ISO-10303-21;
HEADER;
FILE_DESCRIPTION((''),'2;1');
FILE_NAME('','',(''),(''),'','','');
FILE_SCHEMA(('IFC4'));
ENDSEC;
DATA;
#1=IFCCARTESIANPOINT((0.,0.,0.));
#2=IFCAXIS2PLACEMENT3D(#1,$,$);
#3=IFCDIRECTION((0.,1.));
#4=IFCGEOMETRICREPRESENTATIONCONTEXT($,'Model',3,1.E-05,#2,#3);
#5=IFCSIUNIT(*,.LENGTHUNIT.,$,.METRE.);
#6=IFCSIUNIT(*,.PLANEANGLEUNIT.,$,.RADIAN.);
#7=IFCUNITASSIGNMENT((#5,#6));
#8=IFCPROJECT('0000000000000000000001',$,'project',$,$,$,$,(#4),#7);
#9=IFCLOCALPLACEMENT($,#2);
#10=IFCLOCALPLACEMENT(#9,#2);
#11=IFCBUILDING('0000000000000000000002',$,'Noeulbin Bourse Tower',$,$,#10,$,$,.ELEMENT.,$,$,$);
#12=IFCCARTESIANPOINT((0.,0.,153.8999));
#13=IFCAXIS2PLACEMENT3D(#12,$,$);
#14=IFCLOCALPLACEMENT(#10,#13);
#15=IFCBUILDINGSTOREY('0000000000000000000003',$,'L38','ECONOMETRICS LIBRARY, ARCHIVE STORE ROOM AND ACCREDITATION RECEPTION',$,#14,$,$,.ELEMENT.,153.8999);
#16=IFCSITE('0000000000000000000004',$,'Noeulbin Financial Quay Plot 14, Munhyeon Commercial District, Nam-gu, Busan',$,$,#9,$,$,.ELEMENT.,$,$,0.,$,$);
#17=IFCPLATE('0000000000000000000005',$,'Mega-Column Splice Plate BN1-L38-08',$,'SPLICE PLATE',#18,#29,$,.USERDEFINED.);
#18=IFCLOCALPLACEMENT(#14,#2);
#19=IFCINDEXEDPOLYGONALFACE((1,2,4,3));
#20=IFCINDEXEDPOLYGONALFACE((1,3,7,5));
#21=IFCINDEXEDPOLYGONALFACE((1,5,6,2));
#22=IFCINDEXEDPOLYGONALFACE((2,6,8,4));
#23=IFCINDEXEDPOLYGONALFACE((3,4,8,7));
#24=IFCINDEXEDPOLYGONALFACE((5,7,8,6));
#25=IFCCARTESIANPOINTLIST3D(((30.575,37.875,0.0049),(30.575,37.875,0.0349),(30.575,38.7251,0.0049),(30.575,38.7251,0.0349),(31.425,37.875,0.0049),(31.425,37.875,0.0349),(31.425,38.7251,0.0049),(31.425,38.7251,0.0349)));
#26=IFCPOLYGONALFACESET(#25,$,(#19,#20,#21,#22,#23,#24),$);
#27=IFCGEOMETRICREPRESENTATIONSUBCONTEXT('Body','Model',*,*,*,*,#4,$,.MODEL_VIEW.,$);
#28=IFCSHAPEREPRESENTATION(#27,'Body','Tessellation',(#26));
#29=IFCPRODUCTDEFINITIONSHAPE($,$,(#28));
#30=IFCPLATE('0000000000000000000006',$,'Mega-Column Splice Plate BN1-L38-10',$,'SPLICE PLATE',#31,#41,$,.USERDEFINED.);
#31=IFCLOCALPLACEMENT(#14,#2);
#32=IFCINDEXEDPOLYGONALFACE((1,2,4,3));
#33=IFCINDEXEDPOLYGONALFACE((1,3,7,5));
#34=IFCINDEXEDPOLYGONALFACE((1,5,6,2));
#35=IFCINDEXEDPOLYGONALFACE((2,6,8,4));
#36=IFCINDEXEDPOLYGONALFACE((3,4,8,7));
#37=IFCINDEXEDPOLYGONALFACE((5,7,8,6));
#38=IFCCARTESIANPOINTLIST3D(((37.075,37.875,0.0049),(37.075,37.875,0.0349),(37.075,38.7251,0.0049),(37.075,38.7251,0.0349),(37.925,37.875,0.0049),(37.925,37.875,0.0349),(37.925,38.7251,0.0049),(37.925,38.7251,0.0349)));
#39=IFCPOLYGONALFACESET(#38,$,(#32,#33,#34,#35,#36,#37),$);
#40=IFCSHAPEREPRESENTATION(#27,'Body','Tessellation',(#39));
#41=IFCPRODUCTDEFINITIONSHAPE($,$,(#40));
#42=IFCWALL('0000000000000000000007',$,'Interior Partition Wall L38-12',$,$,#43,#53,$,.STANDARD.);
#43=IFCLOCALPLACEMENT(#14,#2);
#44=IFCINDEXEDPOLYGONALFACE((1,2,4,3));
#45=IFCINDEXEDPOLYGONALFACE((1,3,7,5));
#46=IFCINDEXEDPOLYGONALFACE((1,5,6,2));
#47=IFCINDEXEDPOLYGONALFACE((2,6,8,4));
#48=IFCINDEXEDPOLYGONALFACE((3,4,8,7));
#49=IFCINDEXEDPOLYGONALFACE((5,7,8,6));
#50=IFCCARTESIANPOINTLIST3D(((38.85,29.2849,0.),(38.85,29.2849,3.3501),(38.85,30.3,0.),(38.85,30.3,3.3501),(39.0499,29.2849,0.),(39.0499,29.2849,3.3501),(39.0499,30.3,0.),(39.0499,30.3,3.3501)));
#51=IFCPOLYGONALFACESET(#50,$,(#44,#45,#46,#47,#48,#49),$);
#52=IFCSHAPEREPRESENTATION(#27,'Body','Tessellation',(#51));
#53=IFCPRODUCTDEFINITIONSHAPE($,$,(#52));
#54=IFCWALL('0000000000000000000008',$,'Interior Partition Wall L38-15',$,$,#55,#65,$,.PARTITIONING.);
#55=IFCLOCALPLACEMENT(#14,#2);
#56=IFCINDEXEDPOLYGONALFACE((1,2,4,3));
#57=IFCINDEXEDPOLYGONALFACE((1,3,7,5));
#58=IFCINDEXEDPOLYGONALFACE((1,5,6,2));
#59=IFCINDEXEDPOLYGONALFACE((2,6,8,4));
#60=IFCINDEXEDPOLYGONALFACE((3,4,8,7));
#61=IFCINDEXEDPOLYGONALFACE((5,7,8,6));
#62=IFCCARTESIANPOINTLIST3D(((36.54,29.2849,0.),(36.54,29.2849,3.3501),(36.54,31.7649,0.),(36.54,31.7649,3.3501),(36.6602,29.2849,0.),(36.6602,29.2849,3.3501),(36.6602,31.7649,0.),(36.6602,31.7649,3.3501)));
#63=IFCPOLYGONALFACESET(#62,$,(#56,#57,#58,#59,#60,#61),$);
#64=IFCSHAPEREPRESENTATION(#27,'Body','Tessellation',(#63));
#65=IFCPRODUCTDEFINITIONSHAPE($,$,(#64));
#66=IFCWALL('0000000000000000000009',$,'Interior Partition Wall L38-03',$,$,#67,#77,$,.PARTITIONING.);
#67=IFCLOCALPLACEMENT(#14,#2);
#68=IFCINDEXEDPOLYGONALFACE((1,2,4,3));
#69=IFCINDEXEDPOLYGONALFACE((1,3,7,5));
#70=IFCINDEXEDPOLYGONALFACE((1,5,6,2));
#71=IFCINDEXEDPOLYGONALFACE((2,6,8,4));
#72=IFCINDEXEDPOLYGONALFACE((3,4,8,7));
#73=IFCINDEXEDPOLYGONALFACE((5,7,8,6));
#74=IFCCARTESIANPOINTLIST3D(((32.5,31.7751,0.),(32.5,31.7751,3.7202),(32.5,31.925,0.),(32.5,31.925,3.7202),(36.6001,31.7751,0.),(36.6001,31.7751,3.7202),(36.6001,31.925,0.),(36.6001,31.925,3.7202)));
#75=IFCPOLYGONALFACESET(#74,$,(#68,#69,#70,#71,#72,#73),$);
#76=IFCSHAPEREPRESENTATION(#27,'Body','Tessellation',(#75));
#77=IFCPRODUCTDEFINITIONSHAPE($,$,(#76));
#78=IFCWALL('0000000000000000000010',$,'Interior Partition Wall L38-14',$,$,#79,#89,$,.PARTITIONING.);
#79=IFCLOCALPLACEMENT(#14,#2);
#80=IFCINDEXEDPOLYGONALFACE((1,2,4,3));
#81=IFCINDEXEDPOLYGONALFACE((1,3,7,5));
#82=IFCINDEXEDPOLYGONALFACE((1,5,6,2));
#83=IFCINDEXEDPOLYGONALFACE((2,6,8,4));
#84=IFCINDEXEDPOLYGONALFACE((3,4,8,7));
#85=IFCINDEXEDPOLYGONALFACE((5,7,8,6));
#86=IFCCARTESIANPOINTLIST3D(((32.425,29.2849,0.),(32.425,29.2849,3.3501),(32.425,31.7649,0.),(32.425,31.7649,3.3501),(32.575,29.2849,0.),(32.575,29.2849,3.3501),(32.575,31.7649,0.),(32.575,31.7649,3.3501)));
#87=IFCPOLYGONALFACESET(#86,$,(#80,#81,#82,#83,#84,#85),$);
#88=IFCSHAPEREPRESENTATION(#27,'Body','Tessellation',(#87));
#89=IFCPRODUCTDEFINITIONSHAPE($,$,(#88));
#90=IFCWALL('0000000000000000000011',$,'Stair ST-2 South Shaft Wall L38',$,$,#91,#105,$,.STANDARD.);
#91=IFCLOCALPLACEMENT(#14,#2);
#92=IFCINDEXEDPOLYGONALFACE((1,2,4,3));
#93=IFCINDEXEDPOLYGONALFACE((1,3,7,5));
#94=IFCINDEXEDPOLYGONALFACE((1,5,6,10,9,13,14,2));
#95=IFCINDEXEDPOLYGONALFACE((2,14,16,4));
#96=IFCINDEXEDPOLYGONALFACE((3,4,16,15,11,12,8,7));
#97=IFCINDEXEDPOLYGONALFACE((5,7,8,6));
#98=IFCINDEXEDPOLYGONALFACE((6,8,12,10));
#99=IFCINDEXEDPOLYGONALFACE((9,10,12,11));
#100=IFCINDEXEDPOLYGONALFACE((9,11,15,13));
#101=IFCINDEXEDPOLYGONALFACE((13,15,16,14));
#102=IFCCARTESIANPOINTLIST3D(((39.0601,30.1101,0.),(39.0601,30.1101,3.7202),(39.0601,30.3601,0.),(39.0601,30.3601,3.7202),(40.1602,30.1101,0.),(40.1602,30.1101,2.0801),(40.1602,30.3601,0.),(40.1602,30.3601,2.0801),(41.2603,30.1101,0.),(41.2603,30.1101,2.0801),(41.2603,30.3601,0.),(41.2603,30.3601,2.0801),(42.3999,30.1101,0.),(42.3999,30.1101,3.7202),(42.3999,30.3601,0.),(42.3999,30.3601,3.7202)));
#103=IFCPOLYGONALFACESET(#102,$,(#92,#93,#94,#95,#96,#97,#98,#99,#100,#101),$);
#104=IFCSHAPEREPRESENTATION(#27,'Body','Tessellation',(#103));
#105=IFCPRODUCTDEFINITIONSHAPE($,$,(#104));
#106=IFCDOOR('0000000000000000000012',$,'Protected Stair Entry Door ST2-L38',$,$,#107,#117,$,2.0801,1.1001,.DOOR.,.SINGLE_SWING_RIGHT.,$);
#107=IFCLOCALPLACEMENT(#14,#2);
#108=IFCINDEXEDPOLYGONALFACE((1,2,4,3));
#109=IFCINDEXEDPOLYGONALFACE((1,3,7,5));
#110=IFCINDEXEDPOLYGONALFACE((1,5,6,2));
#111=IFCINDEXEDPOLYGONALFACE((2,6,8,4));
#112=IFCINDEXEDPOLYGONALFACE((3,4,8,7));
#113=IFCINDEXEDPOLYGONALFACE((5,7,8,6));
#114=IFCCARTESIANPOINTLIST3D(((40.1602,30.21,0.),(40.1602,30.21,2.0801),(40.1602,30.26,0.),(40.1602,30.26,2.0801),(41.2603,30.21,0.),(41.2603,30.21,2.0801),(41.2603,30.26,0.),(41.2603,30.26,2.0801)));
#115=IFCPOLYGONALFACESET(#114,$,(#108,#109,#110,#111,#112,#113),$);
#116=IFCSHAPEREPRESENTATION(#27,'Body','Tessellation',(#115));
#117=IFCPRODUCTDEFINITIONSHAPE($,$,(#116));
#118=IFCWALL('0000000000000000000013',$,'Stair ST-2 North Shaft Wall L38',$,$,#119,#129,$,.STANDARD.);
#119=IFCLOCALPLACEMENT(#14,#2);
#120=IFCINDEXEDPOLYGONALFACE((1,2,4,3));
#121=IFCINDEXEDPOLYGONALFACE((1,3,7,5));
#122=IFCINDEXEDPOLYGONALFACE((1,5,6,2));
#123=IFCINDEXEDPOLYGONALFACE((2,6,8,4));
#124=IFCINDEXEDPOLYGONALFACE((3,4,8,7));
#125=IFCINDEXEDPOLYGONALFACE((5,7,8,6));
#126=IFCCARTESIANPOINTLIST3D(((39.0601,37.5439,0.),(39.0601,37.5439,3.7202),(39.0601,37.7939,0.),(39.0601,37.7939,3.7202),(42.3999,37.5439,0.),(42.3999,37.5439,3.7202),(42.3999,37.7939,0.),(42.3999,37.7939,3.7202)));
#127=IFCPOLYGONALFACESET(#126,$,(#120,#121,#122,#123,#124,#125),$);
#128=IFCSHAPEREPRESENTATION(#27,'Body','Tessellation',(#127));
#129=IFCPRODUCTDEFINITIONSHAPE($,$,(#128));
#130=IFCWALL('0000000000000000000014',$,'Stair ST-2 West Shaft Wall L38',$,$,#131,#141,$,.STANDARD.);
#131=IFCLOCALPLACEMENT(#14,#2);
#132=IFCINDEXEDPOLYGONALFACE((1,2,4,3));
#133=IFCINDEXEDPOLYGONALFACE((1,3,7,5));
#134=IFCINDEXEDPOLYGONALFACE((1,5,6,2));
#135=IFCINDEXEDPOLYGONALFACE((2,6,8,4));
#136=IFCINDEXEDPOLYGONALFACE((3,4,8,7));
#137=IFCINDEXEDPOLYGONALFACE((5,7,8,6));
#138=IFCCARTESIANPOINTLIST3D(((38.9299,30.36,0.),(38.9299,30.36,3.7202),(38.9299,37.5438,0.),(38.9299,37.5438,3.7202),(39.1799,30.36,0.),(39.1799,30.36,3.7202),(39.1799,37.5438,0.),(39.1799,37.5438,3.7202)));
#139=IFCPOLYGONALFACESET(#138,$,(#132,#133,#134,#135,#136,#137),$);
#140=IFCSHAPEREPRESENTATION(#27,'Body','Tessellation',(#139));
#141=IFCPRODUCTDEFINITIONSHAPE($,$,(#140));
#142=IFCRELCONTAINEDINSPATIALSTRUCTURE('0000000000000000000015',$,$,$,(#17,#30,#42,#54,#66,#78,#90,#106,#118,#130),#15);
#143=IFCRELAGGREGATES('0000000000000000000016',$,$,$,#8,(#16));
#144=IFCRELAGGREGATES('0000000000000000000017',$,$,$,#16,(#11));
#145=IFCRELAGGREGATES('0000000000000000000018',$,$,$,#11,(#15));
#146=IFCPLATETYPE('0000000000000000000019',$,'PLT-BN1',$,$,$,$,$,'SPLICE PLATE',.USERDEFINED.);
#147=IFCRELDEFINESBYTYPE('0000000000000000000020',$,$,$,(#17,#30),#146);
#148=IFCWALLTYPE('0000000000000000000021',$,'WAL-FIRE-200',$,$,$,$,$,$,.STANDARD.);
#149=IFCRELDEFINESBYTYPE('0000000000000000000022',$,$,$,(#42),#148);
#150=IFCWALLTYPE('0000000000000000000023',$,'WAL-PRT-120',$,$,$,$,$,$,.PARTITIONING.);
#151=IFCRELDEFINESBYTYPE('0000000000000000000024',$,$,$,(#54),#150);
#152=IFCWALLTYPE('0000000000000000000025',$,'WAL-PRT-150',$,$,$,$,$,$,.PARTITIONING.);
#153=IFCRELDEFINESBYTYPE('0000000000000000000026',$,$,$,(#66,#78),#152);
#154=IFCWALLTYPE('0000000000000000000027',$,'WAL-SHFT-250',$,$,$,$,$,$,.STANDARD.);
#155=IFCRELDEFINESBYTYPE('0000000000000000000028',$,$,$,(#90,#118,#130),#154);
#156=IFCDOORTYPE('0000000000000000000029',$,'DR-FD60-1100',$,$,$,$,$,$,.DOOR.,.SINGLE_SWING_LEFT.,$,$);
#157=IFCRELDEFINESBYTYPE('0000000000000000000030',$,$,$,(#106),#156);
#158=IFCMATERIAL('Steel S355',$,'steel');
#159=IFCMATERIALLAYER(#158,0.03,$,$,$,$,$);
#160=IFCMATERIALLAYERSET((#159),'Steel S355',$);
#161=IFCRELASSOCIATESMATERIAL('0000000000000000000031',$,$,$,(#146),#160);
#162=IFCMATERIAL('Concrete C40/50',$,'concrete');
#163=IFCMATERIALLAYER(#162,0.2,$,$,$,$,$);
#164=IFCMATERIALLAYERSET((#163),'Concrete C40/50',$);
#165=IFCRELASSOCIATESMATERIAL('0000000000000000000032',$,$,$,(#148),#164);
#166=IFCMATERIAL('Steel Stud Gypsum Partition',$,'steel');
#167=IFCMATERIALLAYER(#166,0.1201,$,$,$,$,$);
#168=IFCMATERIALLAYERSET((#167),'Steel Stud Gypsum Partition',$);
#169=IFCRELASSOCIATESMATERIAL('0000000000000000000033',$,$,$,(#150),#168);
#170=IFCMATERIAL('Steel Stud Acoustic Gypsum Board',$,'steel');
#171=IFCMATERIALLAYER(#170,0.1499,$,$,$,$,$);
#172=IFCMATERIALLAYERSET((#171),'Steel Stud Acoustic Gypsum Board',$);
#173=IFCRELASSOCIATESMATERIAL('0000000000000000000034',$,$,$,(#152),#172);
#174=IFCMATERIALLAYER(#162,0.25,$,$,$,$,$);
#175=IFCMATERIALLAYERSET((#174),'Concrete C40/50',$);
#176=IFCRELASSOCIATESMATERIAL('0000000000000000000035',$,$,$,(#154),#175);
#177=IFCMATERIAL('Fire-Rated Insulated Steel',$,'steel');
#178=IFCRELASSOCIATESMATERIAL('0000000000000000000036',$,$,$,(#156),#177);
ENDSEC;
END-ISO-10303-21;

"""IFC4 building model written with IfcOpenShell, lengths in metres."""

from ifc_helpers import new_model, si_unit, direction, frame, frame_2d, origin, origin_2d, place, context, subcontext, project, spatial, rectangle, extrude, material, layer, layer_set, type_object, element, fill, save


model = new_model("IFC4")

# Units and contexts
model_context = context("Model", 3, precision=1e-05, world=origin(), true_north=direction((0.0, 1.0)))
body_context = subcontext(model_context, "Body", "Model", "MODEL_VIEW")
ifc_project = project(units=[si_unit("LENGTHUNIT", "METRE"), si_unit("PLANEANGLEUNIT", "RADIAN")], contexts=[model_context])

# Site, building, storey
site_placement = place(None, origin())
site = spatial("IfcSite", under=ifc_project, at=site_placement, Name="Noeulbin Financial Quay Plot 14, Munhyeon Commercial District, Nam-gu, Busan", CompositionType="ELEMENT", RefElevation=0.0)
building_placement = place(site_placement, origin())
building = spatial("IfcBuilding", under=site, at=building_placement, Name="Noeulbin Bourse Tower", CompositionType="ELEMENT")
storey_placement = place(building_placement, frame((0.0, 0.0, 153.8999)))
storey = spatial("IfcBuildingStorey", under=building, at=storey_placement, Name="L38", Description="ECONOMETRICS LIBRARY, ARCHIVE STORE ROOM AND ACCREDITATION RECEPTION", CompositionType="ELEMENT", Elevation=153.8999)

# Shared definitions
ifc_material_1 = material(Name="Steel S355", Category="steel")

# Plates
ifc_layer_1 = layer(ifc_material_1, 0.03)
ifc_layer_set_1 = layer_set([ifc_layer_1], Name="Steel S355")
plate_type = type_object("IfcPlateType", Name="PLT-BN1", ElementType="SPLICE PLATE", PredefinedType="USERDEFINED", material=ifc_layer_set_1)
for number, where, z_axis, x_axis, name in (
    (1, (31.0, 38.3, 0.0049), (0.0, 0.0, 1.0), (1.0, 0.0, 0.0), "Mega-Column Splice Plate BN1-L38-08"),
    (2, (37.5, 38.3, 0.0049), (0.0, 0.0, 1.0), (1.0, 0.0, 0.0), "Mega-Column Splice Plate BN1-L38-10"),
):
    element("IfcPlate", number, at=place(storey_placement, frame(where, z_axis=z_axis, x_axis=x_axis)), inside=storey, type_object=plate_type, Name=name, ObjectType="SPLICE PLATE", PredefinedType="USERDEFINED", context=body_context, shape_type="SweptSolid", body=[
        extrude(rectangle(XDim=0.8501, YDim=0.8501, at=origin_2d()), origin(), (0.0, 0.0, 1.0), 0.03),
    ])

# Walls
ifc_material_2 = material(Name="Concrete C40/50", Category="concrete")
ifc_layer_2 = layer(ifc_material_2, 0.2)
ifc_layer_set_2 = layer_set([ifc_layer_2], Name="Concrete C40/50")
wall_type_1 = type_object("IfcWallType", Name="WAL-FIRE-200", PredefinedType="STANDARD", material=ifc_layer_set_2)
wall_1_placement = place(storey_placement, frame((38.95, 29.2849, 0.0), z_axis=(0.0, 0.0, 1.0), x_axis=(0.0, 1.0, 0.0)))
element("IfcWall", 3, at=wall_1_placement, inside=storey, type_object=wall_type_1, Name="Interior Partition Wall L38-12", PredefinedType="STANDARD", context=body_context, shape_type="SweptSolid", body=[
    extrude(rectangle(XDim=1.0151, YDim=0.2, at=frame_2d((0.5076, 0.0))), origin(), (0.0, 0.0, 1.0), 3.3501),
])
ifc_material_3 = material(Name="Steel Stud Gypsum Partition", Category="steel")
ifc_layer_3 = layer(ifc_material_3, 0.1201)
ifc_layer_set_3 = layer_set([ifc_layer_3], Name="Steel Stud Gypsum Partition")
wall_type_2 = type_object("IfcWallType", Name="WAL-PRT-120", PredefinedType="PARTITIONING", material=ifc_layer_set_3)
wall_2_placement = place(storey_placement, frame((36.6001, 29.2849, 0.0), z_axis=(0.0, 0.0, 1.0), x_axis=(0.0, 1.0, 0.0)))
element("IfcWall", 4, at=wall_2_placement, inside=storey, type_object=wall_type_2, Name="Interior Partition Wall L38-15", PredefinedType="PARTITIONING", context=body_context, shape_type="SweptSolid", body=[
    extrude(rectangle(XDim=2.48, YDim=0.1201, at=frame_2d((1.24, 0.0))), origin(), (0.0, 0.0, 1.0), 3.3501),
])
ifc_material_4 = material(Name="Steel Stud Acoustic Gypsum Board", Category="steel")
ifc_layer_4 = layer(ifc_material_4, 0.1499)
ifc_layer_set_4 = layer_set([ifc_layer_4], Name="Steel Stud Acoustic Gypsum Board")
wall_type_3 = type_object("IfcWallType", Name="WAL-PRT-150", PredefinedType="PARTITIONING", material=ifc_layer_set_4)
wall_3_placement = place(storey_placement, frame((32.5, 31.8501, 0.0), z_axis=(0.0, 0.0, 1.0), x_axis=(1.0, 0.0, 0.0)))
element("IfcWall", 5, at=wall_3_placement, inside=storey, type_object=wall_type_3, Name="Interior Partition Wall L38-03", PredefinedType="PARTITIONING", context=body_context, shape_type="SweptSolid", body=[
    extrude(rectangle(XDim=4.1001, YDim=0.1499, at=frame_2d((2.05, 0.0))), origin(), (0.0, 0.0, 1.0), 3.7202),
])
wall_4_placement = place(storey_placement, frame((32.5, 29.2849, 0.0), z_axis=(0.0, 0.0, 1.0), x_axis=(0.0, 1.0, 0.0)))
element("IfcWall", 6, at=wall_4_placement, inside=storey, type_object=wall_type_3, Name="Interior Partition Wall L38-14", PredefinedType="PARTITIONING", context=body_context, shape_type="SweptSolid", body=[
    extrude(rectangle(XDim=2.48, YDim=0.1499, at=frame_2d((1.24, 0.0))), origin(), (0.0, 0.0, 1.0), 3.3501),
])

# Wall, opening, door
ifc_layer_5 = layer(ifc_material_2, 0.25)
ifc_layer_set_5 = layer_set([ifc_layer_5], Name="Concrete C40/50")
wall_type_4 = type_object("IfcWallType", Name="WAL-SHFT-250", PredefinedType="STANDARD", material=ifc_layer_set_5)
wall_5_placement = place(storey_placement, frame((39.0601, 30.2351, 0.0), z_axis=(0.0, 0.0, 1.0), x_axis=(1.0, 0.0, 0.0)))
wall_5 = element("IfcWall", 7, at=wall_5_placement, inside=storey, type_object=wall_type_4, Name="Stair ST-2 South Shaft Wall L38", PredefinedType="STANDARD", context=body_context, shape_type="SweptSolid", body=[
    extrude(rectangle(XDim=3.3398, YDim=0.25, at=frame_2d((1.6699, 0.0))), origin(), (0.0, 0.0, 1.0), 3.7202),
])
opening_1_placement = place(wall_5_placement, frame((1.1001, 0.0, 0.0)))
opening_1 = element("IfcOpeningElement", 8, at=opening_1_placement, cuts=wall_5, PredefinedType="OPENING", context=body_context, shape_type="SweptSolid", body=[
    extrude(rectangle(XDim=1.1001, YDim=2.0801, at=frame_2d((0.55, 1.04))), frame((0.0, 0.135, 0.0), z_axis=(0.0, -1.0, 0.0), x_axis=(1.0, 0.0, 0.0)), (0.0, 0.0, 1.0), 0.27),
])
ifc_material_5 = material(Name="Fire-Rated Insulated Steel", Category="steel")
door_type_1 = type_object("IfcDoorType", Name="DR-FD60-1100", OperationType="SINGLE_SWING_LEFT", PredefinedType="DOOR", material=ifc_material_5)
door_1_placement = place(opening_1_placement, origin())
door_1 = element("IfcDoor", 9, at=door_1_placement, inside=storey, type_object=door_type_1, Name="Protected Stair Entry Door ST2-L38", OperationType="SINGLE_SWING_RIGHT", OverallHeight=2.0801, OverallWidth=1.1001, PredefinedType="DOOR", context=body_context, shape_type="SweptSolid", body=[
    extrude(rectangle(XDim=1.1001, YDim=2.0801, at=frame_2d((0.55, 1.04))), frame((0.0, 0.0249, 0.0), z_axis=(0.0, -1.0, 0.0), x_axis=(1.0, 0.0, 0.0)), (0.0, 0.0, 1.0), 0.05),
])
fill(opening_1, door_1)

# Walls
wall_6_placement = place(storey_placement, frame((39.0601, 37.6689, 0.0), z_axis=(0.0, 0.0, 1.0), x_axis=(1.0, 0.0, 0.0)))
element("IfcWall", 10, at=wall_6_placement, inside=storey, type_object=wall_type_4, Name="Stair ST-2 North Shaft Wall L38", PredefinedType="STANDARD", context=body_context, shape_type="SweptSolid", body=[
    extrude(rectangle(XDim=3.3398, YDim=0.25, at=frame_2d((1.6699, 0.0))), origin(), (0.0, 0.0, 1.0), 3.7202),
])
wall_7_placement = place(storey_placement, frame((39.0549, 30.3601, 0.0), z_axis=(0.0, 0.0, 1.0), x_axis=(0.0, 1.0, 0.0)))
element("IfcWall", 11, at=wall_7_placement, inside=storey, type_object=wall_type_4, Name="Stair ST-2 West Shaft Wall L38", PredefinedType="STANDARD", context=body_context, shape_type="SweptSolid", body=[
    extrude(rectangle(XDim=7.1838, YDim=0.25, at=frame_2d((3.5918, 0.0))), origin(), (0.0, 0.0, 1.0), 3.7202),
])

save(model, "model.ifc")
